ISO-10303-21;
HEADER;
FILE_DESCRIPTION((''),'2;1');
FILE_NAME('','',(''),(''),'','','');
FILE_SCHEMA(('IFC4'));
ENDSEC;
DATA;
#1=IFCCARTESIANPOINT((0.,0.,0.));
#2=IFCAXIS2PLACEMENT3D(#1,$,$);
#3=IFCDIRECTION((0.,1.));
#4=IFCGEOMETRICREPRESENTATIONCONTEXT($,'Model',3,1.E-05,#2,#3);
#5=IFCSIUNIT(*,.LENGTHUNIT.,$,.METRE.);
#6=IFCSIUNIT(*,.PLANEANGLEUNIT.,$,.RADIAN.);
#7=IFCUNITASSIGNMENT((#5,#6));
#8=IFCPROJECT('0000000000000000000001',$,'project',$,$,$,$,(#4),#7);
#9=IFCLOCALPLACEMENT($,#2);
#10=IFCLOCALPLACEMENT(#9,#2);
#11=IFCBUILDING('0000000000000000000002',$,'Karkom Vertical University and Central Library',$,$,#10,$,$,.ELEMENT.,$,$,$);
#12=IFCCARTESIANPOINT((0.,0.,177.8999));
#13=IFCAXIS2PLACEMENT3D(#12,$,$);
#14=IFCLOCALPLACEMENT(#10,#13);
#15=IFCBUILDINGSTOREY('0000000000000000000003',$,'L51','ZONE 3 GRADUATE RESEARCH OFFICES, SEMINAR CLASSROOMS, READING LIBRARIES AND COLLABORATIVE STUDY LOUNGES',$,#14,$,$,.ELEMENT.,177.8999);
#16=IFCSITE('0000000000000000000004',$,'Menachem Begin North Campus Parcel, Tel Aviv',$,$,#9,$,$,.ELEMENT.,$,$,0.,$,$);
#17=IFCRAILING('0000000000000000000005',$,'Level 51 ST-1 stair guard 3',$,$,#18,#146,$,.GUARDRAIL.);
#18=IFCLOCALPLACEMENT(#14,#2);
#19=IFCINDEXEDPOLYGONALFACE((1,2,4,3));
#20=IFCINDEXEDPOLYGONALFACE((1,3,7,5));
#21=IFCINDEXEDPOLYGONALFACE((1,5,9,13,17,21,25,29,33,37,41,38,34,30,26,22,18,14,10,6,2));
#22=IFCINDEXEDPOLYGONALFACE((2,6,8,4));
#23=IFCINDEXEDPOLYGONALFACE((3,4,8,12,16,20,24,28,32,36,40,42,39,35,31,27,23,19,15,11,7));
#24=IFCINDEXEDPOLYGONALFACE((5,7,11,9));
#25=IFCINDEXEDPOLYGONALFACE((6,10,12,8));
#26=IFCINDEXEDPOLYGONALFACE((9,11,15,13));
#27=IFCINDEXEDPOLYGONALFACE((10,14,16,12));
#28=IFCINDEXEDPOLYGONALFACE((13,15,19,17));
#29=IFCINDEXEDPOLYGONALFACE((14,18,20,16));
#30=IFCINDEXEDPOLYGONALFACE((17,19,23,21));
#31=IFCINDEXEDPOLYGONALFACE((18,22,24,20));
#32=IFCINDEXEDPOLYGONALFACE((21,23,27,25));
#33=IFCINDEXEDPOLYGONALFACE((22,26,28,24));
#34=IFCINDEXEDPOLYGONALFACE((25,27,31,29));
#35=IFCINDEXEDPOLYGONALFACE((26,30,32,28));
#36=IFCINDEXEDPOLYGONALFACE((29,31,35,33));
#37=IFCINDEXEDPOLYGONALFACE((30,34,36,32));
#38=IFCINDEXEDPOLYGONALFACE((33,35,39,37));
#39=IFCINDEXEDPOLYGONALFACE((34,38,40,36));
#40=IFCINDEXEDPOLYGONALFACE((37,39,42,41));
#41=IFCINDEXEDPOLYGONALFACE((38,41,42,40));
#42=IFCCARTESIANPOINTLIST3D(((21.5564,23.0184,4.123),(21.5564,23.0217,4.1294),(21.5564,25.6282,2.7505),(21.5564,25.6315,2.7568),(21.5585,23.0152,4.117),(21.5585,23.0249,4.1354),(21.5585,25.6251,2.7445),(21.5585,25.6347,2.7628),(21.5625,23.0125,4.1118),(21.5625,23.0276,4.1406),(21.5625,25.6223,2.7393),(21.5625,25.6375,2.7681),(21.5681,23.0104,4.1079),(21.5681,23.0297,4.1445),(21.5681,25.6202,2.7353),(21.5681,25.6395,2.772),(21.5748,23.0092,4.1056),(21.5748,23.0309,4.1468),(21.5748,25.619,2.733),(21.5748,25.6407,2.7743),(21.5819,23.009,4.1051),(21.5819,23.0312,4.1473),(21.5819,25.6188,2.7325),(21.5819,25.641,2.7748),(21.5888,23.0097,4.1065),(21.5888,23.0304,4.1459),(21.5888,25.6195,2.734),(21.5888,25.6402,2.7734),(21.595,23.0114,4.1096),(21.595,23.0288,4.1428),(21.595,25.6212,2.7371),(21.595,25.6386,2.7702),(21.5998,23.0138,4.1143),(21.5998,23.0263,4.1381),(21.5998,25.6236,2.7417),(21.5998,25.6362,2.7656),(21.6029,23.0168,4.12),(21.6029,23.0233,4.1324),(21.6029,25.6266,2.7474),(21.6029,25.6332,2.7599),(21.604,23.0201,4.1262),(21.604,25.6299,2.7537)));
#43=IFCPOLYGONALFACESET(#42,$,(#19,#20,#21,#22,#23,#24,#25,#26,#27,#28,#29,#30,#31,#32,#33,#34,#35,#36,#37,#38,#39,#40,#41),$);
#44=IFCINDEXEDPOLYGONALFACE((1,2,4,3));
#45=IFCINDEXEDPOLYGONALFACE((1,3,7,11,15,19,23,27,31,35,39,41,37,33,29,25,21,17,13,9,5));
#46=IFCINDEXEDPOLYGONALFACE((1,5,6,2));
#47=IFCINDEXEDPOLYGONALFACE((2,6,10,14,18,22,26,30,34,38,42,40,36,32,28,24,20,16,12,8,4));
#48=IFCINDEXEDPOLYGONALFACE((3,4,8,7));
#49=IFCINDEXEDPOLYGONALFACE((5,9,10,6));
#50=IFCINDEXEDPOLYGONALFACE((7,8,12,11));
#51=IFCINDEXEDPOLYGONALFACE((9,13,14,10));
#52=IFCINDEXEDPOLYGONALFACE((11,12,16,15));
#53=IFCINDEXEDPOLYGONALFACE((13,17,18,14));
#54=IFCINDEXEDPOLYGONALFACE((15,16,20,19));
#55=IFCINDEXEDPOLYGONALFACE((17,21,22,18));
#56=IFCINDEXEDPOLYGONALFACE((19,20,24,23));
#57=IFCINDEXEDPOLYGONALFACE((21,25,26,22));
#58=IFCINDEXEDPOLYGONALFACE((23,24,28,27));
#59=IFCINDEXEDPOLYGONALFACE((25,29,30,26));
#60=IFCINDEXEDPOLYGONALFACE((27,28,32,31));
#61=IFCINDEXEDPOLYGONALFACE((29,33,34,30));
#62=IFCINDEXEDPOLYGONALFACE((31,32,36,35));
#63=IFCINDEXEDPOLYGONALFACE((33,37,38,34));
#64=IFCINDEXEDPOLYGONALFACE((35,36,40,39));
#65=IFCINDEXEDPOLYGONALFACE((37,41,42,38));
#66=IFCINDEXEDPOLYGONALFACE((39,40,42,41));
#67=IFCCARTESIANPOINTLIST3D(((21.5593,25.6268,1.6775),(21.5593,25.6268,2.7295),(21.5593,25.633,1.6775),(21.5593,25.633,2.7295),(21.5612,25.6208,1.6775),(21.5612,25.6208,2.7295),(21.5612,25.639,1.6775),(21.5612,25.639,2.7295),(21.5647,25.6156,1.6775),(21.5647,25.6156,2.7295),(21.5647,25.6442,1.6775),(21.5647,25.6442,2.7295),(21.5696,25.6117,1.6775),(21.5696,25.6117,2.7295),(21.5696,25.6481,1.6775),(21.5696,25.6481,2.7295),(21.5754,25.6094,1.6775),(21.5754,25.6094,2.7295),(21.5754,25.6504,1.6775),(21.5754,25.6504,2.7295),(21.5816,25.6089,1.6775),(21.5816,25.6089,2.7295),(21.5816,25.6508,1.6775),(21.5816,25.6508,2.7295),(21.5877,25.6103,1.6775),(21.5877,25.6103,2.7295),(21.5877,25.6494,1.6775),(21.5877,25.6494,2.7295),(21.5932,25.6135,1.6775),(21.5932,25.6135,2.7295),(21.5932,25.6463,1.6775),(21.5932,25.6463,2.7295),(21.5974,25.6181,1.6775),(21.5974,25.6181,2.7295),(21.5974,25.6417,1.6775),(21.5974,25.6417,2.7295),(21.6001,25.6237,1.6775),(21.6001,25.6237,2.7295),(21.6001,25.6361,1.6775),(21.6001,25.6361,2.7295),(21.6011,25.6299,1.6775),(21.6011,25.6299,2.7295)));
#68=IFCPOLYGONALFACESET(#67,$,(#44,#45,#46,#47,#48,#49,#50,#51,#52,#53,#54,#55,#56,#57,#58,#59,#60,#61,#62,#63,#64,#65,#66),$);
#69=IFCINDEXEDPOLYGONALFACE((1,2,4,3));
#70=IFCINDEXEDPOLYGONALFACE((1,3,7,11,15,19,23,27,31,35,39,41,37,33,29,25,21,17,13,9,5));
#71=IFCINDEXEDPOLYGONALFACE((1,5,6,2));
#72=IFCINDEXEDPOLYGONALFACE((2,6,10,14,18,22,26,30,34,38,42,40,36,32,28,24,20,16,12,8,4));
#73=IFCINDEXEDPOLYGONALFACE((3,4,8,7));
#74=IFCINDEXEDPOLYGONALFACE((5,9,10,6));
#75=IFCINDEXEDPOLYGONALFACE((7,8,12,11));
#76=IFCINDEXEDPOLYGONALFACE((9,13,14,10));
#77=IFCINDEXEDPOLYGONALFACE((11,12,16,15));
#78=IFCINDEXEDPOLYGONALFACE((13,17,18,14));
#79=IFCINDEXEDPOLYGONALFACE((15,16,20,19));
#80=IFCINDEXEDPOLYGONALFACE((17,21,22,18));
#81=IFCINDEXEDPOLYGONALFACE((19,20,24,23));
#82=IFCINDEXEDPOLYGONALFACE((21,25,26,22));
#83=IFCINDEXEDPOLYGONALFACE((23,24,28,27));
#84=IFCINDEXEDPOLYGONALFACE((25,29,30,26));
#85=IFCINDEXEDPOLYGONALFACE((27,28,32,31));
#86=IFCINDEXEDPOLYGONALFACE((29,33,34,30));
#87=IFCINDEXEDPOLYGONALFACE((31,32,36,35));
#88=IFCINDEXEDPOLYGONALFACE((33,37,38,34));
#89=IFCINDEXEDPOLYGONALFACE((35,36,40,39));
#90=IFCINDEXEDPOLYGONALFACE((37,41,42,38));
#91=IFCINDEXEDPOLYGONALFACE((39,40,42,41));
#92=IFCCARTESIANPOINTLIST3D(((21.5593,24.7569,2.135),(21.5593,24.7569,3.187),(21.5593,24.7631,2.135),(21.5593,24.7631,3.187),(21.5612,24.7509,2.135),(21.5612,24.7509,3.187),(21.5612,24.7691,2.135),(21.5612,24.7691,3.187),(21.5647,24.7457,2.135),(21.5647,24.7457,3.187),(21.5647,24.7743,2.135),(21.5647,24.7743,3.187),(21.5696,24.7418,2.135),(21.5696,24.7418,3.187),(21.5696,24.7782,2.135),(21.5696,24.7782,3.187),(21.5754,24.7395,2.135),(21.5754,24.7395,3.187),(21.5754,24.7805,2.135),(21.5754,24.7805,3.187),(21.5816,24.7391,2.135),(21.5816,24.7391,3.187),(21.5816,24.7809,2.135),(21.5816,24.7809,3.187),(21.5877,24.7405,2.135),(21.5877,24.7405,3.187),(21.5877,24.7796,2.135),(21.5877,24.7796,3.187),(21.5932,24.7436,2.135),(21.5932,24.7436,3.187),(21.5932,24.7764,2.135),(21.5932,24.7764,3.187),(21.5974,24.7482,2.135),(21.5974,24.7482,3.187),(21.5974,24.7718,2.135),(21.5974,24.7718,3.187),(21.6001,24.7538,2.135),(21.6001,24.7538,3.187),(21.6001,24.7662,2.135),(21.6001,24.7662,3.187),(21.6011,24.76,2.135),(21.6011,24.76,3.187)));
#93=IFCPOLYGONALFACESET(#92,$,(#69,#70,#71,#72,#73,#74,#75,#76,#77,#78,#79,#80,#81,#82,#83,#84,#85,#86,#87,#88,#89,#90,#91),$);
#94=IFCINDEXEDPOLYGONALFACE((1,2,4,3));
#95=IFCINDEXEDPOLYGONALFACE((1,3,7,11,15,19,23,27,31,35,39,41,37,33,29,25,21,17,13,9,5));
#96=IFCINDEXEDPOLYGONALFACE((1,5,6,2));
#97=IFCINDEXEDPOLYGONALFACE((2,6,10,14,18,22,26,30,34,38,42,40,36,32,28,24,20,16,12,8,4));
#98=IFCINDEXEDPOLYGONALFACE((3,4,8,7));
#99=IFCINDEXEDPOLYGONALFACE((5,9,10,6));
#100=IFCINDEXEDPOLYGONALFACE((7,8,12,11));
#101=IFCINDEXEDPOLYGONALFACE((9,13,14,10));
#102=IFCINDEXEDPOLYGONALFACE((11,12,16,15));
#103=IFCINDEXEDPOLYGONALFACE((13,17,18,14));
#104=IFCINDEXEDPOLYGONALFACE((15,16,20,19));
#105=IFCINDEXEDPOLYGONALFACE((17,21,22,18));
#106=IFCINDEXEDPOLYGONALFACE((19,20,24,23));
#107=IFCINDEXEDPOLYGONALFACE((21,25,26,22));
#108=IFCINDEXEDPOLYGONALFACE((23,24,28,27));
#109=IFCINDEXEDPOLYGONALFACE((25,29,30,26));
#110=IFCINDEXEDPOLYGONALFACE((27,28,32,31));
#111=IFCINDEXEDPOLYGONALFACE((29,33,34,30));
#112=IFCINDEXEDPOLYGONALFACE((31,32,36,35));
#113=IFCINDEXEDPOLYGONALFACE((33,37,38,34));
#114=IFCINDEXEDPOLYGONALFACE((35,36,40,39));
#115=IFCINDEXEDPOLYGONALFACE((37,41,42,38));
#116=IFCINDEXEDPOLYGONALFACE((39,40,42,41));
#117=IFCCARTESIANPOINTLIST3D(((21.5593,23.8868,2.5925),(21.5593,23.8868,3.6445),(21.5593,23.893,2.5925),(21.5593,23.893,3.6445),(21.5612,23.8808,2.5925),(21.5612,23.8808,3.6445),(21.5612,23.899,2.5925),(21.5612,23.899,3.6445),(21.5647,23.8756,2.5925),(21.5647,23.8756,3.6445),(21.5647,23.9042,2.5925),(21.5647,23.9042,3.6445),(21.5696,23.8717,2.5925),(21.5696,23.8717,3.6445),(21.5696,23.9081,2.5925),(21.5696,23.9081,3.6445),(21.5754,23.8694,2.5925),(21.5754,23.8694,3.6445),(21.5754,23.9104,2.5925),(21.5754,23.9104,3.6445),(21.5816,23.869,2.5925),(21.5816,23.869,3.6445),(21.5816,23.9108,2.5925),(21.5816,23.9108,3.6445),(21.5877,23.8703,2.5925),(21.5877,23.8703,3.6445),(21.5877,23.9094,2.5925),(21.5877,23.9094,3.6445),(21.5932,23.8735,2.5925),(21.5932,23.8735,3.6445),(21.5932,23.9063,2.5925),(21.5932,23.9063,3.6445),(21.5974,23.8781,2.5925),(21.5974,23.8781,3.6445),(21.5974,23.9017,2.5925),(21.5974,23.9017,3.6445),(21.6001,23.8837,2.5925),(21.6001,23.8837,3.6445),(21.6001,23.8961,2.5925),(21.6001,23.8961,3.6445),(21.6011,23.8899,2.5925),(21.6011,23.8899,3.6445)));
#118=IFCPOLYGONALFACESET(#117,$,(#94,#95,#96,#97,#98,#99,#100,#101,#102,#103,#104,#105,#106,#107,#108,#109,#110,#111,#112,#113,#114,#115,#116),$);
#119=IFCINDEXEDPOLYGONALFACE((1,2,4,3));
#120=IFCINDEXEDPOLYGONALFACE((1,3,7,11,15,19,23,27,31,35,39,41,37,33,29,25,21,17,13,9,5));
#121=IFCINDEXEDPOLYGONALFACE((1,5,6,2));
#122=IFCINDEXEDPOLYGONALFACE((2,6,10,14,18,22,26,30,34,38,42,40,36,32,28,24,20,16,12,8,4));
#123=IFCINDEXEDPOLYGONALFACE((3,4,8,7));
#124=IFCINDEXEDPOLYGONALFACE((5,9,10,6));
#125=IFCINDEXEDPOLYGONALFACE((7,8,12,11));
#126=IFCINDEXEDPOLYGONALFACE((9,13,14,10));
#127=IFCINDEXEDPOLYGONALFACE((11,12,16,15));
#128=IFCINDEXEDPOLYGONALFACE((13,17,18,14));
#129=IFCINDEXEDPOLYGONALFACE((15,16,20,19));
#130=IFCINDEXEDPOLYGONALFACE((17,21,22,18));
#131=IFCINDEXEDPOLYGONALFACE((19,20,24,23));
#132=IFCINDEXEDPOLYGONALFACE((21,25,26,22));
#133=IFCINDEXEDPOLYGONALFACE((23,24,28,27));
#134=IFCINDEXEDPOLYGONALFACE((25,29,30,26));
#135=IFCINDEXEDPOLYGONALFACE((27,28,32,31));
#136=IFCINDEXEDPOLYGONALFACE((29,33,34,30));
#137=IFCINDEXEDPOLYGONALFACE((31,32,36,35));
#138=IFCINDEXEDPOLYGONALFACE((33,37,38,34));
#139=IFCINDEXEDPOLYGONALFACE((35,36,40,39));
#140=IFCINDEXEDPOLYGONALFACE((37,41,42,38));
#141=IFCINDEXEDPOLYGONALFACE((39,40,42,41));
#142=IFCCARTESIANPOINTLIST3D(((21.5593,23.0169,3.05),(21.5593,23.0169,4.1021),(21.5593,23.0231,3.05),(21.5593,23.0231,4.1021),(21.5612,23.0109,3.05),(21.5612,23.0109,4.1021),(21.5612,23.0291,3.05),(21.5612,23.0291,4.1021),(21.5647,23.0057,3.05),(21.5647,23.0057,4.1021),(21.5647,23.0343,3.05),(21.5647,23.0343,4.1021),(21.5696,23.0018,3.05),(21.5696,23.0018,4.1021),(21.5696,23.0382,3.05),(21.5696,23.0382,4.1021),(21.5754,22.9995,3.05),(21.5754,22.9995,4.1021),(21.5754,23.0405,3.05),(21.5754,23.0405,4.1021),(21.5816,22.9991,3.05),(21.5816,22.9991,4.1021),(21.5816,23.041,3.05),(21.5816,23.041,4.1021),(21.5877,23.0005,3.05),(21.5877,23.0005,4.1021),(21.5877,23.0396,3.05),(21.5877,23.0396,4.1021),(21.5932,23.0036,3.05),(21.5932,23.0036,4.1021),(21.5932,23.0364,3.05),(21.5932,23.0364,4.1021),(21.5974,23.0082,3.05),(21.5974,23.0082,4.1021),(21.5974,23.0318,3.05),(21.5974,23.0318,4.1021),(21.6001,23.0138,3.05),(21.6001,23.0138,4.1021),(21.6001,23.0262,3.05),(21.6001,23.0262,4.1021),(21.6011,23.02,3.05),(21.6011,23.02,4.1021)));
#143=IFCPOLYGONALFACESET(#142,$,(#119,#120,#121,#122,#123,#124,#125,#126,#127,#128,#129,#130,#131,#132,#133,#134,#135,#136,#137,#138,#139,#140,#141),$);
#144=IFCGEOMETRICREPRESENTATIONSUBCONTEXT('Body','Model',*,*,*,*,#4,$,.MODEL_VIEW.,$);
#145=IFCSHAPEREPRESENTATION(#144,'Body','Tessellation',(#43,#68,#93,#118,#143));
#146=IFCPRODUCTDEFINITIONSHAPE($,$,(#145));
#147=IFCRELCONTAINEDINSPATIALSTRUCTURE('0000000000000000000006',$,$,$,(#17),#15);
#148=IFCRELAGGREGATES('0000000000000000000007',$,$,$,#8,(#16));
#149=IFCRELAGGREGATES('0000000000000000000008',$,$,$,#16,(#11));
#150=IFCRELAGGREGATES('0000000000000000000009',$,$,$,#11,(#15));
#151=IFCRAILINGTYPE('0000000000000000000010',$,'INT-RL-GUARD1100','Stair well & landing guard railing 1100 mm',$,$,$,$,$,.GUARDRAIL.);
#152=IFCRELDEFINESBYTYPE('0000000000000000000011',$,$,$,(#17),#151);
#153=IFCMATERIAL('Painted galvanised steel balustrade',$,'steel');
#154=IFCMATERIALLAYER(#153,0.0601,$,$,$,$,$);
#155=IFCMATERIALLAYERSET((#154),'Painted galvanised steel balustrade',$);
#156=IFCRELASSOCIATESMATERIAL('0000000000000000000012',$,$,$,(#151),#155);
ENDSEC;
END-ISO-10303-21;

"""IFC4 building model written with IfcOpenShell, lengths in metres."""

from ifc_helpers import new_model, si_unit, direction, frame, origin, origin_2d, place, context, subcontext, project, spatial, circle, extrude, material, layer, layer_set, type_object, element, save


model = new_model("IFC4")

# Units and contexts
model_context = context("Model", 3, precision=1e-05, world=origin(), true_north=direction((0.0, 1.0)))
body_context = subcontext(model_context, "Body", "Model", "MODEL_VIEW")
ifc_project = project(units=[si_unit("LENGTHUNIT", "METRE"), si_unit("PLANEANGLEUNIT", "RADIAN")], contexts=[model_context])

# Site, building, storey
site_placement = place(None, origin())
site = spatial("IfcSite", under=ifc_project, at=site_placement, Name="Menachem Begin North Campus Parcel, Tel Aviv", CompositionType="ELEMENT", RefElevation=0.0)
building_placement = place(site_placement, origin())
building = spatial("IfcBuilding", under=site, at=building_placement, Name="Karkom Vertical University and Central Library", CompositionType="ELEMENT")
storey_placement = place(building_placement, frame((0.0, 0.0, 177.8999)))
storey = spatial("IfcBuildingStorey", under=building, at=storey_placement, Name="L51", Description="ZONE 3 GRADUATE RESEARCH OFFICES, SEMINAR CLASSROOMS, READING LIBRARIES AND COLLABORATIVE STUDY LOUNGES", CompositionType="ELEMENT", Elevation=177.8999)

# Railing
ifc_material_1 = material(Name="Painted galvanised steel balustrade", Category="steel")
ifc_layer_1 = layer(ifc_material_1, 0.0601)
ifc_layer_set_1 = layer_set([ifc_layer_1], Name="Painted galvanised steel balustrade")
railing_type_1 = type_object("IfcRailingType", Name="INT-RL-GUARD1100", Description="Stair well & landing guard railing 1100 mm", PredefinedType="GUARDRAIL", material=ifc_layer_set_1)
railing_1_placement = place(storey_placement, frame((21.5801, 25.6299, 1.6775)))
element("IfcRailing", 1, at=railing_1_placement, inside=storey, type_object=railing_type_1, Name="Level 51 ST-1 stair guard 3", PredefinedType="GUARDRAIL", context=body_context, shape_type="SweptSolid", body=[
    extrude(circle(Radius=0.0239, at=origin_2d()), frame((0.0, 0.0, 1.0762), z_axis=(0.0, -0.885065, 0.465467), x_axis=(1.0, 0.0, 0.0)), (0.0, 0.0, 1.0), 2.9487),
    extrude(circle(Radius=0.021, at=origin_2d()), origin(), (0.0, 0.0, 1.0), 1.052),
    extrude(circle(Radius=0.021, at=origin_2d()), frame((0.0, -0.8699, 0.4575)), (0.0, 0.0, 1.0), 1.052),
    extrude(circle(Radius=0.021, at=origin_2d()), frame((0.0, -1.74, 0.915)), (0.0, 0.0, 1.0), 1.052),
    extrude(circle(Radius=0.021, at=origin_2d()), frame((0.0, -2.6099, 1.3726)), (0.0, 0.0, 1.0), 1.052),
])

save(model, "model.ifc")
